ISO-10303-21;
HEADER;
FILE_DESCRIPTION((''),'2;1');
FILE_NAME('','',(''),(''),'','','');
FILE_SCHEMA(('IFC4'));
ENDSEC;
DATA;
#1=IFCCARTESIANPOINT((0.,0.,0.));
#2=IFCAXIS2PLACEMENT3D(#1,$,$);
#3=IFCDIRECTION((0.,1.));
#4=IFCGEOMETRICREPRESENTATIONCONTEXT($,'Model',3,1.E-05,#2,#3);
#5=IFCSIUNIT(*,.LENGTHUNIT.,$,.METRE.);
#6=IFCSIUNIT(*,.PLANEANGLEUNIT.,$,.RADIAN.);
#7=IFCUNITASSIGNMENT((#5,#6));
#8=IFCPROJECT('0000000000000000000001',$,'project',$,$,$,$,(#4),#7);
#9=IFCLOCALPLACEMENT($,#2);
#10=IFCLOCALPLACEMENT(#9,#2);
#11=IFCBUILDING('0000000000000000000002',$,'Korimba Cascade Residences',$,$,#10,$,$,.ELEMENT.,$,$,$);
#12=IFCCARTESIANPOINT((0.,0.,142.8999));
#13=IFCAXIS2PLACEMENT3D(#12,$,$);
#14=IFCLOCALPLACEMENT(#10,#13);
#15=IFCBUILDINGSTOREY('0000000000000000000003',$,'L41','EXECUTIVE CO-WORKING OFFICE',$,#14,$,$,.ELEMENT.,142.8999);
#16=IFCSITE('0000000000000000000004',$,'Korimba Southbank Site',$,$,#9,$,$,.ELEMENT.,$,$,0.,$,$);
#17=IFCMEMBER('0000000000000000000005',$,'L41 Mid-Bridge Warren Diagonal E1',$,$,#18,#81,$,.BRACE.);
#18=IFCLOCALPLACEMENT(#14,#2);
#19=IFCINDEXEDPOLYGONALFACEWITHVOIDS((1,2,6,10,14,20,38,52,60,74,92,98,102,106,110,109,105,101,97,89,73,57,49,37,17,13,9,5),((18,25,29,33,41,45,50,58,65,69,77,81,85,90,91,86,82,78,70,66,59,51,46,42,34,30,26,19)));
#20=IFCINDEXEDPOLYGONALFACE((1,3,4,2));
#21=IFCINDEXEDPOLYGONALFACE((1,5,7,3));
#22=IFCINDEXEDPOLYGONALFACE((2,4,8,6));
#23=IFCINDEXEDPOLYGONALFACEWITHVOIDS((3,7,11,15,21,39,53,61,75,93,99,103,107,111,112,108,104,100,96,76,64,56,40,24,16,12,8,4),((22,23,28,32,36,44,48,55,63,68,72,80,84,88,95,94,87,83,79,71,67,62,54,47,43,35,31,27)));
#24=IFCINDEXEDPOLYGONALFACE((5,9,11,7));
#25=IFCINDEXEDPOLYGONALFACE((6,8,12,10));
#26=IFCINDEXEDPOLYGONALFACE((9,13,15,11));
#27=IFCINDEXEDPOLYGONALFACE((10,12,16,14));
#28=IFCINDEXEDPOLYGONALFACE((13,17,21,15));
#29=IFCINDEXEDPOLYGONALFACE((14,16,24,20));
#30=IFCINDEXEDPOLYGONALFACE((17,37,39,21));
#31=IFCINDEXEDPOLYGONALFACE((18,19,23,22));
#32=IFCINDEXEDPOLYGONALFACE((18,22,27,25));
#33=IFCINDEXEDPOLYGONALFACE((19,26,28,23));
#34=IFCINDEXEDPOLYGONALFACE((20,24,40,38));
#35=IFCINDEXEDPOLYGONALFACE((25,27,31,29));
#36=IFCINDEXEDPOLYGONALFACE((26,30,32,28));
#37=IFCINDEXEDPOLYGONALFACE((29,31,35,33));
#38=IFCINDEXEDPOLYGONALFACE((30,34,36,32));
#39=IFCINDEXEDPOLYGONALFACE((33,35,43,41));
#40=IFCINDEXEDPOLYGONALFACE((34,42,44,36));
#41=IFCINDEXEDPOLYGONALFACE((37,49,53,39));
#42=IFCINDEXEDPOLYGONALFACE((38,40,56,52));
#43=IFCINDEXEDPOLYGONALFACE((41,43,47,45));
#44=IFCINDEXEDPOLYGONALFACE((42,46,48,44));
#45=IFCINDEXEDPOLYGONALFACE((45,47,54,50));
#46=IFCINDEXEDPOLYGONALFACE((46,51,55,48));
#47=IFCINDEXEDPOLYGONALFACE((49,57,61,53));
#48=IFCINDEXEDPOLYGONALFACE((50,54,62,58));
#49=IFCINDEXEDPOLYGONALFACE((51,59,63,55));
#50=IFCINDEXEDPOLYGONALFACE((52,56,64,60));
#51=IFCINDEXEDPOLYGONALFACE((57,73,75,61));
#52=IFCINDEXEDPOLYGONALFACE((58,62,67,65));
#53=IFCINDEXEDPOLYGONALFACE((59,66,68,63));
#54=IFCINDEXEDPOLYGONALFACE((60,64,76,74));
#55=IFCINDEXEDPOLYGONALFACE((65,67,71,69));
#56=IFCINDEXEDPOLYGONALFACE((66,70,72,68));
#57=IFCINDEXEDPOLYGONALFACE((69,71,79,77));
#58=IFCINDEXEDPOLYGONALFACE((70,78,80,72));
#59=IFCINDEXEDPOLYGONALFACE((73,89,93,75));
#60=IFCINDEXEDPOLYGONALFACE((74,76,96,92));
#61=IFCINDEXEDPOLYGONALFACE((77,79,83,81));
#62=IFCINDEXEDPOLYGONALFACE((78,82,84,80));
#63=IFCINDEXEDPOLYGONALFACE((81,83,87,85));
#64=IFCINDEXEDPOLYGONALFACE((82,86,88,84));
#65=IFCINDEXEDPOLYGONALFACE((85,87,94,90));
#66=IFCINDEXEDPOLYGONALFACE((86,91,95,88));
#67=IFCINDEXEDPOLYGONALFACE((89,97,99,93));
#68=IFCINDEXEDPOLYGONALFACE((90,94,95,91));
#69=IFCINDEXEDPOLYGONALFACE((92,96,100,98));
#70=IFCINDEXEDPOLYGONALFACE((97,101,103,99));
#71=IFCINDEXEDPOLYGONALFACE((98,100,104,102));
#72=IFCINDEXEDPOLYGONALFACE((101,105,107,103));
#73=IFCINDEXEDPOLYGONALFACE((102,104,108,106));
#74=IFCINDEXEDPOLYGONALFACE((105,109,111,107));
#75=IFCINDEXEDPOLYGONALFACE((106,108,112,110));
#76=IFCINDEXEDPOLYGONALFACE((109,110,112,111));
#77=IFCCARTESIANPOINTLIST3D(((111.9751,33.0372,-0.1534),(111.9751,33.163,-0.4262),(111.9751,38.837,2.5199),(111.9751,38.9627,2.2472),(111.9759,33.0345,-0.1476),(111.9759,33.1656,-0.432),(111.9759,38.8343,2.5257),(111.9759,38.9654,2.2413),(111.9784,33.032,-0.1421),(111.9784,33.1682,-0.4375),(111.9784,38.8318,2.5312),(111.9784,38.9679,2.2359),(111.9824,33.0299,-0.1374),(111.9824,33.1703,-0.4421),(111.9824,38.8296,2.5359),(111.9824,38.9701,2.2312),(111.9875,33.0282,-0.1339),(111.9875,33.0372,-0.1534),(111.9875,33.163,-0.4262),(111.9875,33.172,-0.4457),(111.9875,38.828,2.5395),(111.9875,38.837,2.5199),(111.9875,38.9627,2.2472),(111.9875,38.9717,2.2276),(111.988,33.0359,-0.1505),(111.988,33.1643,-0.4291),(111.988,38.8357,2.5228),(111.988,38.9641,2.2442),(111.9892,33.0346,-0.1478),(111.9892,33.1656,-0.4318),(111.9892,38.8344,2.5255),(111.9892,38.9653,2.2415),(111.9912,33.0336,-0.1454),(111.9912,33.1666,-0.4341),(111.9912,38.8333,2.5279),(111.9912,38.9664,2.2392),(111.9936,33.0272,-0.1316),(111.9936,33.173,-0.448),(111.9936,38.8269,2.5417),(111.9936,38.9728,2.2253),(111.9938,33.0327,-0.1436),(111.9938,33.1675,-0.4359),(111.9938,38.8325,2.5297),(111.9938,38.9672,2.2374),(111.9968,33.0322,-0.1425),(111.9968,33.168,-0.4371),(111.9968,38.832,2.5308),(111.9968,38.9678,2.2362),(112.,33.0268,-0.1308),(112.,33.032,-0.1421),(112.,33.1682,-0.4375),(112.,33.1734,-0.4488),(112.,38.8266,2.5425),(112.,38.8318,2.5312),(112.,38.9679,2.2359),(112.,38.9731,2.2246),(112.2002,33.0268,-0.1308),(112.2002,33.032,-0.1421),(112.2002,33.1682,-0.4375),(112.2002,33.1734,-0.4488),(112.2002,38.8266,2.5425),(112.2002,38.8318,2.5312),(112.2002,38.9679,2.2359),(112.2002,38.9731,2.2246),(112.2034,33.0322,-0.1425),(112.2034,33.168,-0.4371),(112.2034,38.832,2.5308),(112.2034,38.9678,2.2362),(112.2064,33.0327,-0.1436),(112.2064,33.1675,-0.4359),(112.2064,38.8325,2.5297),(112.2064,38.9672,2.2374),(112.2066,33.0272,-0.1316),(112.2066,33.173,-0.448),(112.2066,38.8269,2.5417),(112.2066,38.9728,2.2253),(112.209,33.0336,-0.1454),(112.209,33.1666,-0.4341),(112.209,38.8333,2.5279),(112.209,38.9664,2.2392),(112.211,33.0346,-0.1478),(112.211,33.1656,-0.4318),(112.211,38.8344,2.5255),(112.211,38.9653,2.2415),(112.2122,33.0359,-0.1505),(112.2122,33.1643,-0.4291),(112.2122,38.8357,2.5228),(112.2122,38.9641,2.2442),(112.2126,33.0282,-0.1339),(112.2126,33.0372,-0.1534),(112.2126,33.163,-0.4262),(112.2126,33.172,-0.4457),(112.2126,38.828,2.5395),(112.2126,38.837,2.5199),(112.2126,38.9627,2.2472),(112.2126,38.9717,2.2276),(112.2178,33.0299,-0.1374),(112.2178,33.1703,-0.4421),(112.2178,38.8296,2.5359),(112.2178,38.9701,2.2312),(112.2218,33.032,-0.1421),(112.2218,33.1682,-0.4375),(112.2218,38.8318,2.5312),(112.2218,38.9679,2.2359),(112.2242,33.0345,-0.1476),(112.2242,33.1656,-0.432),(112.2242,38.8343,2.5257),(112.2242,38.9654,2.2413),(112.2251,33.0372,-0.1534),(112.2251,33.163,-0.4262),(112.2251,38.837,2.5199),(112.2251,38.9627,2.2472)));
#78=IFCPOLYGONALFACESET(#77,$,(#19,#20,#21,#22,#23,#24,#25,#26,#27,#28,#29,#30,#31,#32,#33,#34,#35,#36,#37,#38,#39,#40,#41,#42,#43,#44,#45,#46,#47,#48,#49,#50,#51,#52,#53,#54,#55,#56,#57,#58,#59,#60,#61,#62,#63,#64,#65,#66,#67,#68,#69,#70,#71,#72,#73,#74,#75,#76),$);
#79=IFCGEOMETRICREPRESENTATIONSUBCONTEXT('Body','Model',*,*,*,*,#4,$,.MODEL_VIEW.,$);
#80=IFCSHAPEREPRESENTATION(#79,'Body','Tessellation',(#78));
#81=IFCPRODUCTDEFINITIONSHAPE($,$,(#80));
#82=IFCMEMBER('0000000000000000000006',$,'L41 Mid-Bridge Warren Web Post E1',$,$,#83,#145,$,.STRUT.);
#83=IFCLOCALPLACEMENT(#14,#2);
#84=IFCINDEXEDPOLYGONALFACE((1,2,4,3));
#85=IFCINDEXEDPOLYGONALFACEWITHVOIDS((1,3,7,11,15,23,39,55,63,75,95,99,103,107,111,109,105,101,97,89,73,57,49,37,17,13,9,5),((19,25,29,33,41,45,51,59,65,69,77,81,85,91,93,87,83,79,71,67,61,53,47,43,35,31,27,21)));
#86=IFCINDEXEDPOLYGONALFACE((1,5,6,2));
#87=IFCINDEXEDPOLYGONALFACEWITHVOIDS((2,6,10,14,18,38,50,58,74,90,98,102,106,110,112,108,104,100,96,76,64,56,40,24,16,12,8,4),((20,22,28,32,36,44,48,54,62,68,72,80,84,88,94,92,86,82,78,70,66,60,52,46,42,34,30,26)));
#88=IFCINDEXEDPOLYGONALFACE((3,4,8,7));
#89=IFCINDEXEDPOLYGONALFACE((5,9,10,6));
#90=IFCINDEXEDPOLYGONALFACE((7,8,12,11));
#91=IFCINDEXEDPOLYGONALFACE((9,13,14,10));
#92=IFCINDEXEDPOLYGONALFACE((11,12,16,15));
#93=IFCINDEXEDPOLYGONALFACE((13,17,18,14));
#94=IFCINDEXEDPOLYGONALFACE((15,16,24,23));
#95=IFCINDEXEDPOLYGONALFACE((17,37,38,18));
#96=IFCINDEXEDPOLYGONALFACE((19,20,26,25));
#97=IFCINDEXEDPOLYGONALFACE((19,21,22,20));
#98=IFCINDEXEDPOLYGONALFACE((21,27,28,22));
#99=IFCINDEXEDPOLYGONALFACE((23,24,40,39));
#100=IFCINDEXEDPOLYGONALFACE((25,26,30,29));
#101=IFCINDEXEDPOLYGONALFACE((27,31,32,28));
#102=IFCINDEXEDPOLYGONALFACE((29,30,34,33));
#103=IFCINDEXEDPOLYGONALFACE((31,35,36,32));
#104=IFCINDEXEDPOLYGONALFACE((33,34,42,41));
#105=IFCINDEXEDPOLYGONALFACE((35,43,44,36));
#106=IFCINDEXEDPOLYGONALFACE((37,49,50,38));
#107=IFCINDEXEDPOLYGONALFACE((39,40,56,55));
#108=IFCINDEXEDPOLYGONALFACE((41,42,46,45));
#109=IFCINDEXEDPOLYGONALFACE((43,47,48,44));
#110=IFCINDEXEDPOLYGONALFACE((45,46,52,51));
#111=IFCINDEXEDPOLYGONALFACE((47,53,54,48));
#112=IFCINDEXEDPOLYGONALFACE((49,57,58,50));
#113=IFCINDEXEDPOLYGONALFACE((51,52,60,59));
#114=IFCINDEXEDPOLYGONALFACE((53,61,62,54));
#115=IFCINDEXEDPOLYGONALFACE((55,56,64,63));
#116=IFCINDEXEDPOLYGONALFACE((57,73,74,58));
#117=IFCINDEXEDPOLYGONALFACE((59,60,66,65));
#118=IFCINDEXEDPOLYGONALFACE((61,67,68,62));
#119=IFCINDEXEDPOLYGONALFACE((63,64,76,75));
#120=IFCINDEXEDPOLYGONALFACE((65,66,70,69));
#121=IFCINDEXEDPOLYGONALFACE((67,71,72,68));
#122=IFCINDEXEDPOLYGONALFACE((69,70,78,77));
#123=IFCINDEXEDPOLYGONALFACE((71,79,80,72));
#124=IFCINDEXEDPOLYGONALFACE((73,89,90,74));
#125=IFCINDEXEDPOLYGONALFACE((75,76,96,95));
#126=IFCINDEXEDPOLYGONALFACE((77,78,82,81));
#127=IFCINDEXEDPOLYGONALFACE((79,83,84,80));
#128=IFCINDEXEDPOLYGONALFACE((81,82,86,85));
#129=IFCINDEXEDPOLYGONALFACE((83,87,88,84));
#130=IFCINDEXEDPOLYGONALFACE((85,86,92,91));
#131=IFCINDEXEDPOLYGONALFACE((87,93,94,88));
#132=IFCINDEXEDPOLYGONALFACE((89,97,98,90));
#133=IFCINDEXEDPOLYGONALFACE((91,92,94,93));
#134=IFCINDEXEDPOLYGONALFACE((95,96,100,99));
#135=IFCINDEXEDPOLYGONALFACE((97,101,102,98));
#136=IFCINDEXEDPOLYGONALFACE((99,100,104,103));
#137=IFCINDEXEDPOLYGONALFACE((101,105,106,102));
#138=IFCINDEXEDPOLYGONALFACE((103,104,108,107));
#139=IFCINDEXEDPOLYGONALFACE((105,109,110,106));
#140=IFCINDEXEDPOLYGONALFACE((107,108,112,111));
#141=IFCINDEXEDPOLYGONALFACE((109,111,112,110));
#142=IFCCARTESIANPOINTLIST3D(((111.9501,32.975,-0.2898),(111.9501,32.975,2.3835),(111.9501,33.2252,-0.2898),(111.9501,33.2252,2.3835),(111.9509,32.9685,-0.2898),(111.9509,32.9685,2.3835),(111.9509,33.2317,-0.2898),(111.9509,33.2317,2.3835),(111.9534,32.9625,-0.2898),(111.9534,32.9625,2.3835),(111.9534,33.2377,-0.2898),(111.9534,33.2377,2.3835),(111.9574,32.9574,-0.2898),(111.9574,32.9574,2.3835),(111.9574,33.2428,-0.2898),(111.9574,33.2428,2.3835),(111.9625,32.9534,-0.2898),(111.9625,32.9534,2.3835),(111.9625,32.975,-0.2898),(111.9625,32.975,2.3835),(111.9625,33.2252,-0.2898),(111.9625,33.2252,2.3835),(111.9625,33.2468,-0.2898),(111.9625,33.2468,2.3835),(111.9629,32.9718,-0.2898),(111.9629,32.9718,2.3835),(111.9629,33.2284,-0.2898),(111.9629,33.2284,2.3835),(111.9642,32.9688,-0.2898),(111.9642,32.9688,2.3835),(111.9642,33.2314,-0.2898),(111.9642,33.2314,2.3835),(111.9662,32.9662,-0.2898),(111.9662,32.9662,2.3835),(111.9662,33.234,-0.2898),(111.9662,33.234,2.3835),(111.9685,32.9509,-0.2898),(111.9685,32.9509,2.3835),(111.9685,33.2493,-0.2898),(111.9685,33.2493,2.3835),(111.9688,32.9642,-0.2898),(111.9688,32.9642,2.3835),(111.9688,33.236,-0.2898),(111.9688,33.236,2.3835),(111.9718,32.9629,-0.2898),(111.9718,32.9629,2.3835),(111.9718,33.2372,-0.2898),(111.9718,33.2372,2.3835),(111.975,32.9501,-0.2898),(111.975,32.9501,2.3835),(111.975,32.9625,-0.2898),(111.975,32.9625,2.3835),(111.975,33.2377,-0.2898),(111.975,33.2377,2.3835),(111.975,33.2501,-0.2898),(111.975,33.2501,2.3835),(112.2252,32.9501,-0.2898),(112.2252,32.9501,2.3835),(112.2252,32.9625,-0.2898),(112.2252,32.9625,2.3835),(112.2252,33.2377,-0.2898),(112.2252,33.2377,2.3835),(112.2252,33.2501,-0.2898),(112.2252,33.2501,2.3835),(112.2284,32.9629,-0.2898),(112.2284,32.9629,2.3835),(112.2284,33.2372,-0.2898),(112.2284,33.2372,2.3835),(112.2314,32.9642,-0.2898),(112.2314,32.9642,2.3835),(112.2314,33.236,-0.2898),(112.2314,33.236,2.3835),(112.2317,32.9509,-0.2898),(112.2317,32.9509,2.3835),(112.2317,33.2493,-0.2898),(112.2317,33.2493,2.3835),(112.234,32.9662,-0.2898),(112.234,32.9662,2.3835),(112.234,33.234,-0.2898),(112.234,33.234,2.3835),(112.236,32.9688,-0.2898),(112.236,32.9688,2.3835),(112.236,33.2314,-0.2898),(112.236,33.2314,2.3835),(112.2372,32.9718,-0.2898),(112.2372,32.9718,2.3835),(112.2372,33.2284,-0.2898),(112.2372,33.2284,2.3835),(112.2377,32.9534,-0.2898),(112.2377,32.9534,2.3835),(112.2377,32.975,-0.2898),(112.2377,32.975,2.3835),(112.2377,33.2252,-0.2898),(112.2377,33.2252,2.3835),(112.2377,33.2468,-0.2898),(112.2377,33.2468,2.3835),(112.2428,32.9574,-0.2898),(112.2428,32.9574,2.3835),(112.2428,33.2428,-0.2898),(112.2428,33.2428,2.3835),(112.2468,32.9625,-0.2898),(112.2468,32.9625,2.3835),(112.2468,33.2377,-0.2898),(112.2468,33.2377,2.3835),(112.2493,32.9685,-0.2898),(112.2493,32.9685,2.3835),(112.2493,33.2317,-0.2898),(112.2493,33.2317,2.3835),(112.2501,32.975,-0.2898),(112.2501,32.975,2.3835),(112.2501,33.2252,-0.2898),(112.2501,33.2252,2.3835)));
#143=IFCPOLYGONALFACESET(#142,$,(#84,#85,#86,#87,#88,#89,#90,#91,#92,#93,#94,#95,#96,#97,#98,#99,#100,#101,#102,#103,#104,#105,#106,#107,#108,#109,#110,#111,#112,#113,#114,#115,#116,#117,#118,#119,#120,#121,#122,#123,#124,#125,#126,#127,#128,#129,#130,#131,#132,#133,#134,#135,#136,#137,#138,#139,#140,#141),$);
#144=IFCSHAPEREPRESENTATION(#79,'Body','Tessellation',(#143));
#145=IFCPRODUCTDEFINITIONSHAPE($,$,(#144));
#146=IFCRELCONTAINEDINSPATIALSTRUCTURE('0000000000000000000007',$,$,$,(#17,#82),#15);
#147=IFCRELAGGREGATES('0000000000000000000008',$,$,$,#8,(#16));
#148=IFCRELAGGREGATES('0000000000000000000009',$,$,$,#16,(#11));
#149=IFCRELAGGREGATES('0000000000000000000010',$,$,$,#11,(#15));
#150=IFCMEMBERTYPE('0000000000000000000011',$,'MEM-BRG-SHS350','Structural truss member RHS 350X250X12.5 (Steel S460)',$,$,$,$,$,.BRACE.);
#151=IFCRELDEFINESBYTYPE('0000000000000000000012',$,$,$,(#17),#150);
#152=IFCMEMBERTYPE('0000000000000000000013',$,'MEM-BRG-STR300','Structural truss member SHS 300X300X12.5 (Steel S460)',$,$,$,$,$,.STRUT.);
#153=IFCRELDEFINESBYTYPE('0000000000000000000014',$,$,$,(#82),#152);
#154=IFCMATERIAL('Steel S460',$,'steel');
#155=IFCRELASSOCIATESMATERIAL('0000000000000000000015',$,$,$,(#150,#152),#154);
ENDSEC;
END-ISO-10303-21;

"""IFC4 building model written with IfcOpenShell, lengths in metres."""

from ifc_helpers import new_model, si_unit, direction, frame, origin, origin_2d, place, context, subcontext, project, spatial, hollow_rectangle, extrude, material, material_profile, profile_set, type_object, element, save


model = new_model("IFC4")

# Units and contexts
model_context = context("Model", 3, precision=1e-05, world=origin(), true_north=direction((0.0, 1.0)))
body_context = subcontext(model_context, "Body", "Model", "MODEL_VIEW")
ifc_project = project(units=[si_unit("LENGTHUNIT", "METRE"), si_unit("PLANEANGLEUNIT", "RADIAN")], contexts=[model_context])

# Site, building, storey
site_placement = place(None, origin())
site = spatial("IfcSite", under=ifc_project, at=site_placement, Name="Korimba Southbank Site", CompositionType="ELEMENT", RefElevation=0.0)
building_placement = place(site_placement, origin())
building = spatial("IfcBuilding", under=site, at=building_placement, Name="Korimba Cascade Residences", CompositionType="ELEMENT")
storey_placement = place(building_placement, frame((0.0, 0.0, 142.8999)))
storey = spatial("IfcBuildingStorey", under=building, at=storey_placement, Name="L41", Description="EXECUTIVE CO-WORKING OFFICE", CompositionType="ELEMENT", Elevation=142.8999)

# Members
ifc_material_1 = material(Name="Steel S460", Category="steel")
ifc_material_profile_1 = material_profile(ifc_material_1, hollow_rectangle(XDim=0.25, YDim=0.3501, WallThickness=0.0125, InnerFilletRadius=0.0125, OuterFilletRadius=0.0249, at=origin_2d()), Name="Steel S460")
ifc_profile_set_1 = profile_set([ifc_material_profile_1], Name="Steel S460")
member_type_1 = type_object("IfcMemberType", Name="MEM-BRG-SHS350", Description="Structural truss member RHS 350X250X12.5 (Steel S460)", PredefinedType="BRACE", material=ifc_profile_set_1)
member_1_placement = place(storey_placement, frame((112.1001, 33.1001, -0.2898), z_axis=(0.0, 0.908167, 0.418607), x_axis=(-1.0, 0.0, 0.0)))
element("IfcMember", 1, at=member_1_placement, inside=storey, type_object=member_type_1, Name="L41 Mid-Bridge Warren Diagonal E1", PredefinedType="BRACE", context=body_context, shape_type="SweptSolid", body=[
    extrude(hollow_rectangle(XDim=0.25, YDim=0.3501, WallThickness=0.0125, InnerFilletRadius=0.0125, OuterFilletRadius=0.0249, at=origin_2d()), origin(), (0.0, 0.0, 1.0), 6.3862),
])
ifc_material_profile_2 = material_profile(ifc_material_1, hollow_rectangle(XDim=0.3, YDim=0.3, WallThickness=0.0125, InnerFilletRadius=0.0125, OuterFilletRadius=0.0249, at=origin_2d()), Name="Steel S460")
ifc_profile_set_2 = profile_set([ifc_material_profile_2], Name="Steel S460")
member_type_2 = type_object("IfcMemberType", Name="MEM-BRG-STR300", Description="Structural truss member SHS 300X300X12.5 (Steel S460)", PredefinedType="STRUT", material=ifc_profile_set_2)
for number, where, z_axis, x_axis, name in (
    (2, (112.1001, 33.1001, -0.2898), (0.0, 0.0, 1.0), (1.0, 0.0, 0.0), "L41 Mid-Bridge Warren Web Post E1"),
):
    element("IfcMember", number, at=place(storey_placement, frame(where, z_axis=z_axis, x_axis=x_axis)), inside=storey, type_object=member_type_2, Name=name, PredefinedType="STRUT", context=body_context, shape_type="SweptSolid", body=[
        extrude(hollow_rectangle(XDim=0.3, YDim=0.3, WallThickness=0.0125, InnerFilletRadius=0.0125, OuterFilletRadius=0.0249, at=origin_2d()), origin(), (0.0, 0.0, 1.0), 2.6733),
    ])

save(model, "model.ifc")
